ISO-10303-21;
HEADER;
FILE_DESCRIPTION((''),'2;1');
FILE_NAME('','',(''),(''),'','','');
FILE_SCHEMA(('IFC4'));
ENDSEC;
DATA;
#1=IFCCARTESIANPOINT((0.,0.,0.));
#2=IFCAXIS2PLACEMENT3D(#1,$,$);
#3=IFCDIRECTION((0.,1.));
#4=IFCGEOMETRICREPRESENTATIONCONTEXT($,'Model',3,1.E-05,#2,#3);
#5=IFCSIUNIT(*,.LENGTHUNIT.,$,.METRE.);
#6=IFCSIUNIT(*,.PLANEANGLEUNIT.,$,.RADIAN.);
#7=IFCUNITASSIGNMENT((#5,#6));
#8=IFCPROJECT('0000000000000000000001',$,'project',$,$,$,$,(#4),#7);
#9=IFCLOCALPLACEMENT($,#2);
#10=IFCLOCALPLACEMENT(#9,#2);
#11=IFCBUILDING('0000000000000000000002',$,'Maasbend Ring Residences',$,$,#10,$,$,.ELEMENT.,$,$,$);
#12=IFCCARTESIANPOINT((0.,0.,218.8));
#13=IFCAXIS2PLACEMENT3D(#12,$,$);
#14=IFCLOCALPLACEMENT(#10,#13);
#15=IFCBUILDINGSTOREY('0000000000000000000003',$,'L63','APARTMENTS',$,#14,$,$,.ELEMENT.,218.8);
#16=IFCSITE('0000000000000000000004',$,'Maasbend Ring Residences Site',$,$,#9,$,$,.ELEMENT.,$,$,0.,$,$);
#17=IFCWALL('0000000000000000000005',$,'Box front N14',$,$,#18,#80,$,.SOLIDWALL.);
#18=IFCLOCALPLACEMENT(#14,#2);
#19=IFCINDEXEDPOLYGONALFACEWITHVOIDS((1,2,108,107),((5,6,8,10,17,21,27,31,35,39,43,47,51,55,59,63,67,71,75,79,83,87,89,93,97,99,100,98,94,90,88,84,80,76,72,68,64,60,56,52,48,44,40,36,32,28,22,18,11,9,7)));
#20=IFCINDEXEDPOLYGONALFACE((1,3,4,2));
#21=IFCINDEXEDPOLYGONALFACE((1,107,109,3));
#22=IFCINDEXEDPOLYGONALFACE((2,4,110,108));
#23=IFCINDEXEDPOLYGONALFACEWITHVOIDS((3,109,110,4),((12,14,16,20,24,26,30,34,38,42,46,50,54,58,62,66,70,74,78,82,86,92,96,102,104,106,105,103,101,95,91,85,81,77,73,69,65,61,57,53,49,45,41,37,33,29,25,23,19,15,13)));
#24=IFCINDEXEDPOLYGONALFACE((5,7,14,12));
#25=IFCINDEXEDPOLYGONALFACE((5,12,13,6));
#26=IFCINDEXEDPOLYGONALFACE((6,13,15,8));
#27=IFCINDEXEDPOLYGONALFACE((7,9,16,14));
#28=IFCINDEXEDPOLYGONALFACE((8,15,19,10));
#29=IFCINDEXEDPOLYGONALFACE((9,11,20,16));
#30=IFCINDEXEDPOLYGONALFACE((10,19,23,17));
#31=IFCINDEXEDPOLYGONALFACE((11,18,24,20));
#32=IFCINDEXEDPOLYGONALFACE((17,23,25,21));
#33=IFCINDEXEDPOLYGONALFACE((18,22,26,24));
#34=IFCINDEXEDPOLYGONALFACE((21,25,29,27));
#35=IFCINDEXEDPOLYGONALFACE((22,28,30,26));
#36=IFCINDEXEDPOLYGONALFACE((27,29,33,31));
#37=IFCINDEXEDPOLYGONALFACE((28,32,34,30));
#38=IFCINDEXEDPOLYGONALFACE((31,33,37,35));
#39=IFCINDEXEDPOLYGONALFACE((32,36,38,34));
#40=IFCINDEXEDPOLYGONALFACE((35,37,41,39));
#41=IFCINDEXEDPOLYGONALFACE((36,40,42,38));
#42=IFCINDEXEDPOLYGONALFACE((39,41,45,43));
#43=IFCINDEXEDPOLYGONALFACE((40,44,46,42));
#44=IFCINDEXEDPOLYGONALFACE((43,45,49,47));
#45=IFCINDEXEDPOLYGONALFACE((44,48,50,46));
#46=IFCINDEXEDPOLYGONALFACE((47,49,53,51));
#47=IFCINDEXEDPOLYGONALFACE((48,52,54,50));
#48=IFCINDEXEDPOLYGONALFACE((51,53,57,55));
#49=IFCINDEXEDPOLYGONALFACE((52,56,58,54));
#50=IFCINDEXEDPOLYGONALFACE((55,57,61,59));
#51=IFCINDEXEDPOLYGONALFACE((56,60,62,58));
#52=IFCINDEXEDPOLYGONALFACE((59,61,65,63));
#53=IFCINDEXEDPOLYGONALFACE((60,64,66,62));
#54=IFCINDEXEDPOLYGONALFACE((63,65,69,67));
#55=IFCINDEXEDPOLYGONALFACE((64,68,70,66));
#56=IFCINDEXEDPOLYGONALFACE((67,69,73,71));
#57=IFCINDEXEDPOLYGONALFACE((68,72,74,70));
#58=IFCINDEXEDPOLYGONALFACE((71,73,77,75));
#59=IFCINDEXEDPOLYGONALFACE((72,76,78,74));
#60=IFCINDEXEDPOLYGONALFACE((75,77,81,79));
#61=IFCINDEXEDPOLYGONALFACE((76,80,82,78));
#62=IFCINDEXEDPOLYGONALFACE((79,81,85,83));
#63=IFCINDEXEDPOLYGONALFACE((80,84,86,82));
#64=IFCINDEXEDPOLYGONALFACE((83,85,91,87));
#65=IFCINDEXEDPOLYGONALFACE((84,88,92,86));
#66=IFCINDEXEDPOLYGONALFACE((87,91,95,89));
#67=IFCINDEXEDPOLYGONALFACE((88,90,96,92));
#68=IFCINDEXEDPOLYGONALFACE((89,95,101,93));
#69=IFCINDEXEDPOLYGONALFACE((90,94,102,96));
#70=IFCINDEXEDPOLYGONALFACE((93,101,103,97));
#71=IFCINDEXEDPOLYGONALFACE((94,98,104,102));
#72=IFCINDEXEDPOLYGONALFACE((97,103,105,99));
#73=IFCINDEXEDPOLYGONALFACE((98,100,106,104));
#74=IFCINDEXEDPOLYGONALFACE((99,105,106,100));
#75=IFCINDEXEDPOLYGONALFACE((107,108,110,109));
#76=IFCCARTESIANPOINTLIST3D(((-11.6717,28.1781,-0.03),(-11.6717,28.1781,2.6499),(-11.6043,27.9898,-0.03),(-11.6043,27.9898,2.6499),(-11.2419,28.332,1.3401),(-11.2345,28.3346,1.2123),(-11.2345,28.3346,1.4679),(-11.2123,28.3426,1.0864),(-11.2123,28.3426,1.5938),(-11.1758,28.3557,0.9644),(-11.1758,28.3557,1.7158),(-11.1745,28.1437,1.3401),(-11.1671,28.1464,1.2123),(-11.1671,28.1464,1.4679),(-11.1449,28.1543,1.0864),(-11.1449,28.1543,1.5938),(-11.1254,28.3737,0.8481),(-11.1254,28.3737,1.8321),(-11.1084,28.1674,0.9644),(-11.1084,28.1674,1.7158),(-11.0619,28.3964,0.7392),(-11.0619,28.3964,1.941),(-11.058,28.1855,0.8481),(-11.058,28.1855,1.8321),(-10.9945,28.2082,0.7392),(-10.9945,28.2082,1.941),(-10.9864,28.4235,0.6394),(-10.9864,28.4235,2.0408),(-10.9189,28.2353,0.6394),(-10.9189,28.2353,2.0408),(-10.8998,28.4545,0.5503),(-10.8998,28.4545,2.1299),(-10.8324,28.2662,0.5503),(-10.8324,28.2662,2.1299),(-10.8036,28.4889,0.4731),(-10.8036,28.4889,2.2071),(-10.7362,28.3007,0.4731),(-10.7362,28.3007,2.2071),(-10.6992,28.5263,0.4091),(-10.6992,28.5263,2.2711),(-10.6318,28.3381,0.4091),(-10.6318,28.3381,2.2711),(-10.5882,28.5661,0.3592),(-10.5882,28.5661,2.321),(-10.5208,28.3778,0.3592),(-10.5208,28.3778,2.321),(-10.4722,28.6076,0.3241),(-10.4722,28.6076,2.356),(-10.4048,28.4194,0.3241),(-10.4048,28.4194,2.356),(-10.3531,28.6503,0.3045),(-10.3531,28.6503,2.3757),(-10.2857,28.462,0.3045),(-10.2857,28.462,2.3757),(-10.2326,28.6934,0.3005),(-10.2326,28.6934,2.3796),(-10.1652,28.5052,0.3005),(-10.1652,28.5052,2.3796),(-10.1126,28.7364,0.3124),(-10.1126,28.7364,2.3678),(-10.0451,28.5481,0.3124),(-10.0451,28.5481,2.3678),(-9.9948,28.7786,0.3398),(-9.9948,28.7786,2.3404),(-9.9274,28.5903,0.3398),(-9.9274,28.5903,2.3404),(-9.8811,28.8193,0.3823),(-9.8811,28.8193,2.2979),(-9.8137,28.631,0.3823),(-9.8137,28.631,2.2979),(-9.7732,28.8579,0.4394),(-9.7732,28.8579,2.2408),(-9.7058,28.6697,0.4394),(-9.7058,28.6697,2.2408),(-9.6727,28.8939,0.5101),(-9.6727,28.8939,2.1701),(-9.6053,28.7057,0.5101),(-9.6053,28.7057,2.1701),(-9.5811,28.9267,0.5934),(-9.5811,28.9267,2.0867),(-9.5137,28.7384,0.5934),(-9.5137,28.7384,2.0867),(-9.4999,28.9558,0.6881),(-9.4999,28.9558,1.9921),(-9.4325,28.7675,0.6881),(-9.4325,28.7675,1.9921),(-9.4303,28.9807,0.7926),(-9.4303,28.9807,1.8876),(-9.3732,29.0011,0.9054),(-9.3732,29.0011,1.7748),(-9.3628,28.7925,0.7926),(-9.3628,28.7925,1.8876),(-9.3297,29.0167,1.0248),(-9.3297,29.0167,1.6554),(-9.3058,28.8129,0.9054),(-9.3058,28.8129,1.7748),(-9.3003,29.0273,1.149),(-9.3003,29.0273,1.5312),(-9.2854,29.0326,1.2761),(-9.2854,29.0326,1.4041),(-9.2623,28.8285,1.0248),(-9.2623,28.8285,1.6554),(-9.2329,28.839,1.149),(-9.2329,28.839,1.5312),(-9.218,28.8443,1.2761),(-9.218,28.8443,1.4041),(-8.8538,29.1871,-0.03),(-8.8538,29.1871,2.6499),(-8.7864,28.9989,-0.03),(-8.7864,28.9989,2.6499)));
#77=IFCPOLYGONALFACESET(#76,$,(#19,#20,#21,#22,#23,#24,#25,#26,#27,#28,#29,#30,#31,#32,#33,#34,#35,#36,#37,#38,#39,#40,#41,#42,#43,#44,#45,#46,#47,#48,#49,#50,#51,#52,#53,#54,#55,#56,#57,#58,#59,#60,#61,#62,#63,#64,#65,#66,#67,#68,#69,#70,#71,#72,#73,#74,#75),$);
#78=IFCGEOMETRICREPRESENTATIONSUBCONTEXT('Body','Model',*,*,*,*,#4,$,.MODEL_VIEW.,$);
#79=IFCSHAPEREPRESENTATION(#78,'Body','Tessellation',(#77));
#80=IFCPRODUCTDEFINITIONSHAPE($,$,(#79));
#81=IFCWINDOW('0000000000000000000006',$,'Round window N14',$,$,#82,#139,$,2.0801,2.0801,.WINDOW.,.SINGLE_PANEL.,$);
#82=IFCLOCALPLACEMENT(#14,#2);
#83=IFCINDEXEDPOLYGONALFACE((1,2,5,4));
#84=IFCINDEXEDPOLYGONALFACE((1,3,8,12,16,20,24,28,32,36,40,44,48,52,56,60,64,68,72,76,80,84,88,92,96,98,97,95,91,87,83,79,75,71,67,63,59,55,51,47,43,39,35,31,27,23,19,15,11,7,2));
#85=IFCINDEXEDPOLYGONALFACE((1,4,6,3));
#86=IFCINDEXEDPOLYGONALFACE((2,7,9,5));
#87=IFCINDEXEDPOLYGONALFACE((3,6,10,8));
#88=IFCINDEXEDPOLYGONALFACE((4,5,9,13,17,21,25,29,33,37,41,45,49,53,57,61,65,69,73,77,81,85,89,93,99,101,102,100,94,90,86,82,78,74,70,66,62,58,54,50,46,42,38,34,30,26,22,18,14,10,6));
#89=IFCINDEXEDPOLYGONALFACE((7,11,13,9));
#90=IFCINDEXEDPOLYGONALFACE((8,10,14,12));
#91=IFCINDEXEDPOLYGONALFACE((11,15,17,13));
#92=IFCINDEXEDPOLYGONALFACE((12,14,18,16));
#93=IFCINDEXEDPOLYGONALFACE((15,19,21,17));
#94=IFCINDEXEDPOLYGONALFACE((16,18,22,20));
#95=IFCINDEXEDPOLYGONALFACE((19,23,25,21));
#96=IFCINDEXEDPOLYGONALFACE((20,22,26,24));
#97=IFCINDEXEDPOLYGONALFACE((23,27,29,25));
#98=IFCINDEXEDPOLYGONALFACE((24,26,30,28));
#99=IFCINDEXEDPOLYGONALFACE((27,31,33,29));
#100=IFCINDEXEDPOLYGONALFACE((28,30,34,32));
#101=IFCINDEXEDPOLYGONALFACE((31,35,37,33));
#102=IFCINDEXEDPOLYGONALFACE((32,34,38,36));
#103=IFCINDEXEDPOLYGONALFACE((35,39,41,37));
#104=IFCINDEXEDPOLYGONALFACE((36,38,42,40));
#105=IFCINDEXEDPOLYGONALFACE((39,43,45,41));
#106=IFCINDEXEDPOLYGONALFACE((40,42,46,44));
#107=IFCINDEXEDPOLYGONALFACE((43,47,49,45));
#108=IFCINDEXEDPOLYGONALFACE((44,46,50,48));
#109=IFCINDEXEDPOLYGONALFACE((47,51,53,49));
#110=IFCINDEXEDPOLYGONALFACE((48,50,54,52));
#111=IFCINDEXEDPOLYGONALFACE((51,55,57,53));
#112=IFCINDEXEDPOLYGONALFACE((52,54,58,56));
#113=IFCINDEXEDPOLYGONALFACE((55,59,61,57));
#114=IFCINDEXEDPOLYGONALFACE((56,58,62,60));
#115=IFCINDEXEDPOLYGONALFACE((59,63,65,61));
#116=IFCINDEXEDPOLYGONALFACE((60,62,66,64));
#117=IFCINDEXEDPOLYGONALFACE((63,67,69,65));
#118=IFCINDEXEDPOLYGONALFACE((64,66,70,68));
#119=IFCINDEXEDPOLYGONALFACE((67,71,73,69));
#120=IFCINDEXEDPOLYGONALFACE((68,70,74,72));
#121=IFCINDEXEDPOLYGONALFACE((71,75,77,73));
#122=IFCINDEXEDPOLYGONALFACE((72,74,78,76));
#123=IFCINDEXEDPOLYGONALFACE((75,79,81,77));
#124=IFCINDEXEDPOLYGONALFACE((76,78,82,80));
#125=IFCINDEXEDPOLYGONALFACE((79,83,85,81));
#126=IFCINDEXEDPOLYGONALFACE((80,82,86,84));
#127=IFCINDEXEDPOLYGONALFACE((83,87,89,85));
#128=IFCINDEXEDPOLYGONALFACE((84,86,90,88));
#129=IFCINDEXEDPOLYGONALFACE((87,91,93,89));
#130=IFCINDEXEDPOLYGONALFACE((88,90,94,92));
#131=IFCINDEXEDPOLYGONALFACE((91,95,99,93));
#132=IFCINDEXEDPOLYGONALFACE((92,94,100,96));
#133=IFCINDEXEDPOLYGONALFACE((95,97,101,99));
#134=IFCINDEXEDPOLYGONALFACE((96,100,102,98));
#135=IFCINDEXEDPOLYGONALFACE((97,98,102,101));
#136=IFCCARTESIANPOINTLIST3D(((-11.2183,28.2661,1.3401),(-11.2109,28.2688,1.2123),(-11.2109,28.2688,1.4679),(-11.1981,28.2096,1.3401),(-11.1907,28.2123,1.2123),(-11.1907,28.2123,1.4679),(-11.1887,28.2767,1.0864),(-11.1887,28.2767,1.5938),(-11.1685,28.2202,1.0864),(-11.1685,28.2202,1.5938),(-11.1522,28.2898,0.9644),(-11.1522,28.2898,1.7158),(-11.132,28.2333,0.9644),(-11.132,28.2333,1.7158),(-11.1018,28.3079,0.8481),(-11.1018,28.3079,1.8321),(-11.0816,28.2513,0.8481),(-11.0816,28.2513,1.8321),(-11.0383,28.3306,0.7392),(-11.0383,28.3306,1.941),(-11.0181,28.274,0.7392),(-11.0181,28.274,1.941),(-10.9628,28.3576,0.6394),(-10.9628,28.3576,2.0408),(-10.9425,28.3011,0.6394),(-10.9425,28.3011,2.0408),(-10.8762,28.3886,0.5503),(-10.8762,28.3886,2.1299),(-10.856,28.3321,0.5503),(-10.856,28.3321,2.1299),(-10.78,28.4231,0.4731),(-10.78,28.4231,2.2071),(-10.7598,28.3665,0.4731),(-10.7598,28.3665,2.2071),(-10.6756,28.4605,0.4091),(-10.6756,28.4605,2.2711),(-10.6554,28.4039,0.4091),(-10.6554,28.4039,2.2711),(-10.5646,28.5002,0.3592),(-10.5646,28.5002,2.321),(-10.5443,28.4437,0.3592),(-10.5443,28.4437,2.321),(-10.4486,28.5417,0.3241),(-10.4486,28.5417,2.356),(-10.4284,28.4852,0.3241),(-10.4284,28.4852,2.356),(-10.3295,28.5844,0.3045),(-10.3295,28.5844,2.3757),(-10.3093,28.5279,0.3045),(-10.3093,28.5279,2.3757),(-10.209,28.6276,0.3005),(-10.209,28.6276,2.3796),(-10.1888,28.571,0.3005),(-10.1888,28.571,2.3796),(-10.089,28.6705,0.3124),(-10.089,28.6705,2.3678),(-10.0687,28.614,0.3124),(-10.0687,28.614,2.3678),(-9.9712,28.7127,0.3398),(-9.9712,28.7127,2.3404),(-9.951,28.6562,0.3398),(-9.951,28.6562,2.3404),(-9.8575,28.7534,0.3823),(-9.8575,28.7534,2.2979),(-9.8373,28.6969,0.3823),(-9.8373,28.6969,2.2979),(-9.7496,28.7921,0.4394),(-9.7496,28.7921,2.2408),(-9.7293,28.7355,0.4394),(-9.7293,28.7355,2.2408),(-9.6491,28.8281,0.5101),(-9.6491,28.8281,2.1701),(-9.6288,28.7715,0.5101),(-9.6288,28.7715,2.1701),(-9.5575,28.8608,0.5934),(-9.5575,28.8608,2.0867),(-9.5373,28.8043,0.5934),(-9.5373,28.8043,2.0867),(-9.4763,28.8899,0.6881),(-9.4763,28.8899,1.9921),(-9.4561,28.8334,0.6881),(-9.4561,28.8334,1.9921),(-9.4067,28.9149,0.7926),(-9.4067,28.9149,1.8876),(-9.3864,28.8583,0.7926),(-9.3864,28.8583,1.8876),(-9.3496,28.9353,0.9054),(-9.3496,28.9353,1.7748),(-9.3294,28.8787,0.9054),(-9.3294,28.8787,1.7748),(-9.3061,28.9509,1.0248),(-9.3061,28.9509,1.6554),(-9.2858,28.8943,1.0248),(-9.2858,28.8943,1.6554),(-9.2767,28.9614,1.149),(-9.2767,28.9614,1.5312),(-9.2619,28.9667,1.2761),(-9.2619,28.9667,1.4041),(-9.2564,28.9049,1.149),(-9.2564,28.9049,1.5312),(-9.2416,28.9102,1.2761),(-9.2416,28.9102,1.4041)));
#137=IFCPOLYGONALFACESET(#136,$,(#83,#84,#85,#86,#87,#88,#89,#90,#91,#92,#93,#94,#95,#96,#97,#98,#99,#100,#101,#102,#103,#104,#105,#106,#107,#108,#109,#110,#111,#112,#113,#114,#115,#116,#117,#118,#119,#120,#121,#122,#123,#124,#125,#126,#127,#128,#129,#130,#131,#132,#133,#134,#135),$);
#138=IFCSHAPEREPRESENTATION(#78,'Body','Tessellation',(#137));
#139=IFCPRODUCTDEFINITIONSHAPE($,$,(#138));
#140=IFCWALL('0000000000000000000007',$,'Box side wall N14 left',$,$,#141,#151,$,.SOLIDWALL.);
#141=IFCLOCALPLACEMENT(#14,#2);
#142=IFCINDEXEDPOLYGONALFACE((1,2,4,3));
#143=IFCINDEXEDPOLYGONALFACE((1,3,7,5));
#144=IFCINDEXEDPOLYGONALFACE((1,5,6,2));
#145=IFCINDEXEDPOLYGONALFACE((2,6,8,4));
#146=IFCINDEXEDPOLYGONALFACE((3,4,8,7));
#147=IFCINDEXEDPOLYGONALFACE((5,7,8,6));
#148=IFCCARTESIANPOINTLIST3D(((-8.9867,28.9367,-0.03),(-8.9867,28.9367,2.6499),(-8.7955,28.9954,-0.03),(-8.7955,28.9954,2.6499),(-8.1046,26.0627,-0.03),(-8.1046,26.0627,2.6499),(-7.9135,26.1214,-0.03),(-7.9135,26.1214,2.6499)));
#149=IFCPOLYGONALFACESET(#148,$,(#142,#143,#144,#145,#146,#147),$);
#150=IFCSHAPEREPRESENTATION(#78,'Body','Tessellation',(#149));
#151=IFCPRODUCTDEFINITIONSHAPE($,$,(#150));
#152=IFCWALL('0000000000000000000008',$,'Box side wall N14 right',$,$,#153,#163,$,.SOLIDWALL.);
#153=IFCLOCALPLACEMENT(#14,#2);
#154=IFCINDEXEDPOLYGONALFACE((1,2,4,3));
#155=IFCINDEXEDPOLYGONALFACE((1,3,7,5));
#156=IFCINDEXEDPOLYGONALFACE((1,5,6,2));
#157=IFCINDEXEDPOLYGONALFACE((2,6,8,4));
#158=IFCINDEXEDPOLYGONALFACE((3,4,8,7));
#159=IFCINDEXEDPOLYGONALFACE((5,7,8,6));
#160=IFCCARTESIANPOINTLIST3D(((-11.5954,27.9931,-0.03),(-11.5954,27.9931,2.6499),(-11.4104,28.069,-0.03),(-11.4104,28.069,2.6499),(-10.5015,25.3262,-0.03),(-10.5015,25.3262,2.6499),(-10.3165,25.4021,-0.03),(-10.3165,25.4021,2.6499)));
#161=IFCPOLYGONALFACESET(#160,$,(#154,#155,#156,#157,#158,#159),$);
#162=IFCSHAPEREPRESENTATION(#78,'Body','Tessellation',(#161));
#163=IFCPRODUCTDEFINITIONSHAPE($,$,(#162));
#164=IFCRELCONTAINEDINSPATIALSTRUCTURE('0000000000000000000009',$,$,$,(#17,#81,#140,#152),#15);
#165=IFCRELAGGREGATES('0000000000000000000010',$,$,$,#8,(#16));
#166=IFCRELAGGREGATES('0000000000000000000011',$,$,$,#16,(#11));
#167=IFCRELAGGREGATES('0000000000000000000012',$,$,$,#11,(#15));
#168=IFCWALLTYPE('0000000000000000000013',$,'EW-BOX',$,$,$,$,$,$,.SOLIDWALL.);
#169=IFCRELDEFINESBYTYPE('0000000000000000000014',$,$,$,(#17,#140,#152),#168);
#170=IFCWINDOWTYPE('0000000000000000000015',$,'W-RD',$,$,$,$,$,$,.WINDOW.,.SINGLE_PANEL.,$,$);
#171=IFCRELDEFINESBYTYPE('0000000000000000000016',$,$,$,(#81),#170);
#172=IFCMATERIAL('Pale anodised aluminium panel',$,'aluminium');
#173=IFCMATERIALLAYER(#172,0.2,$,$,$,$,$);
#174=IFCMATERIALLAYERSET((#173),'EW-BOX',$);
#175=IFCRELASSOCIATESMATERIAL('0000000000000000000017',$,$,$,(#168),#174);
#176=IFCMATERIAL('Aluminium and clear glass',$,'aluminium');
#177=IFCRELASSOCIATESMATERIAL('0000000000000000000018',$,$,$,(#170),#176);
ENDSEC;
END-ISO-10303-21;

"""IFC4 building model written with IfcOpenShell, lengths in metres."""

from ifc_helpers import new_model, si_unit, direction, frame, frame_2d, origin, place, context, subcontext, project, spatial, rectangle, circle, extrude, material, layer, layer_set, type_object, element, fill, save


model = new_model("IFC4")

# Units and contexts
model_context = context("Model", 3, precision=1e-05, world=origin(), true_north=direction((0.0, 1.0)))
body_context = subcontext(model_context, "Body", "Model", "MODEL_VIEW")
ifc_project = project(units=[si_unit("LENGTHUNIT", "METRE"), si_unit("PLANEANGLEUNIT", "RADIAN")], contexts=[model_context])

# Site, building, storey
site_placement = place(None, origin())
site = spatial("IfcSite", under=ifc_project, at=site_placement, Name="Maasbend Ring Residences Site", CompositionType="ELEMENT", RefElevation=0.0)
building_placement = place(site_placement, origin())
building = spatial("IfcBuilding", under=site, at=building_placement, Name="Maasbend Ring Residences", CompositionType="ELEMENT")
storey_placement = place(building_placement, frame((0.0, 0.0, 218.8)))
storey = spatial("IfcBuildingStorey", under=building, at=storey_placement, Name="L63", Description="APARTMENTS", CompositionType="ELEMENT", Elevation=218.8)

# Shared definitions
ifc_material_1 = material(Name="Pale anodised aluminium panel", Category="aluminium")
ifc_layer_1 = layer(ifc_material_1, 0.2)
ifc_layer_set_1 = layer_set([ifc_layer_1], Name="EW-BOX")
wall_type_1 = type_object("IfcWallType", Name="EW-BOX", PredefinedType="SOLIDWALL", material=ifc_layer_set_1)
ifc_material_2 = material(Name="Aluminium and clear glass", Category="aluminium")
window_type_1 = type_object("IfcWindowType", Name="W-RD", PartitioningType="SINGLE_PANEL", PredefinedType="WINDOW", material=ifc_material_2)

# Wall, opening, window
wall_1_placement = place(storey_placement, frame((-8.8201, 29.093, -0.03), z_axis=(0.0, 0.0, 1.0), x_axis=(-0.941461, -0.337122, 0.0)))
wall_1 = element("IfcWall", 1, at=wall_1_placement, inside=storey, type_object=wall_type_1, Name="Box front N14", PredefinedType="SOLIDWALL", context=body_context, shape_type="SweptSolid", body=[
    extrude(rectangle(XDim=2.9932, YDim=0.2, at=frame_2d((1.4966, 0.0))), origin(), (0.0, 0.0, 1.0), 2.6799),
])
opening_1_placement = place(wall_1_placement, frame((0.4565, 0.0, 0.3301)))
opening_1 = element("IfcOpeningElement", 2, at=opening_1_placement, cuts=wall_1, PredefinedType="OPENING", context=body_context, shape_type="SweptSolid", body=[
    extrude(circle(Radius=1.04, at=frame_2d((1.04, 1.04))), frame((0.0, 0.1099, 0.0), z_axis=(0.0, -1.0, 0.0), x_axis=(1.0, 0.0, 0.0)), (0.0, 0.0, 1.0), 0.22),
])
window_1_placement = place(opening_1_placement, origin())
window_1 = element("IfcWindow", 3, at=window_1_placement, inside=storey, type_object=window_type_1, Name="Round window N14", OverallHeight=2.0801, OverallWidth=2.0801, PartitioningType="SINGLE_PANEL", PredefinedType="WINDOW", context=body_context, shape_type="SweptSolid", body=[
    extrude(circle(Radius=1.04, at=frame_2d((1.04, 1.04))), frame((0.0, 0.03, 0.0), z_axis=(0.0, -1.0, 0.0), x_axis=(1.0, 0.0, 0.0)), (0.0, 0.0, 1.0), 0.0601),
])
fill(opening_1, window_1)

# Walls
wall_2_placement = place(storey_placement, frame((-8.009, 26.092, -0.03), z_axis=(0.0, 0.0, 1.0), x_axis=(-0.293407, 0.955988, 0.0)))
element("IfcWall", 4, at=wall_2_placement, inside=storey, type_object=wall_type_1, Name="Box side wall N14 left", PredefinedType="SOLIDWALL", context=body_context, shape_type="SweptSolid", body=[
    extrude(rectangle(XDim=3.0063, YDim=0.2, at=frame_2d((1.5032, 0.0))), origin(), (0.0, 0.0, 1.0), 2.6799),
])
wall_3_placement = place(storey_placement, frame((-10.4089, 25.364, -0.03), z_axis=(0.0, 0.0, 1.0), x_axis=(-0.37951, 0.925188, 0.0)))
element("IfcWall", 5, at=wall_3_placement, inside=storey, type_object=wall_type_1, Name="Box side wall N14 right", PredefinedType="SOLIDWALL", context=body_context, shape_type="SweptSolid", body=[
    extrude(rectangle(XDim=2.8826, YDim=0.2, at=frame_2d((1.4414, 0.0))), origin(), (0.0, 0.0, 1.0), 2.6799),
])

save(model, "model.ifc")
